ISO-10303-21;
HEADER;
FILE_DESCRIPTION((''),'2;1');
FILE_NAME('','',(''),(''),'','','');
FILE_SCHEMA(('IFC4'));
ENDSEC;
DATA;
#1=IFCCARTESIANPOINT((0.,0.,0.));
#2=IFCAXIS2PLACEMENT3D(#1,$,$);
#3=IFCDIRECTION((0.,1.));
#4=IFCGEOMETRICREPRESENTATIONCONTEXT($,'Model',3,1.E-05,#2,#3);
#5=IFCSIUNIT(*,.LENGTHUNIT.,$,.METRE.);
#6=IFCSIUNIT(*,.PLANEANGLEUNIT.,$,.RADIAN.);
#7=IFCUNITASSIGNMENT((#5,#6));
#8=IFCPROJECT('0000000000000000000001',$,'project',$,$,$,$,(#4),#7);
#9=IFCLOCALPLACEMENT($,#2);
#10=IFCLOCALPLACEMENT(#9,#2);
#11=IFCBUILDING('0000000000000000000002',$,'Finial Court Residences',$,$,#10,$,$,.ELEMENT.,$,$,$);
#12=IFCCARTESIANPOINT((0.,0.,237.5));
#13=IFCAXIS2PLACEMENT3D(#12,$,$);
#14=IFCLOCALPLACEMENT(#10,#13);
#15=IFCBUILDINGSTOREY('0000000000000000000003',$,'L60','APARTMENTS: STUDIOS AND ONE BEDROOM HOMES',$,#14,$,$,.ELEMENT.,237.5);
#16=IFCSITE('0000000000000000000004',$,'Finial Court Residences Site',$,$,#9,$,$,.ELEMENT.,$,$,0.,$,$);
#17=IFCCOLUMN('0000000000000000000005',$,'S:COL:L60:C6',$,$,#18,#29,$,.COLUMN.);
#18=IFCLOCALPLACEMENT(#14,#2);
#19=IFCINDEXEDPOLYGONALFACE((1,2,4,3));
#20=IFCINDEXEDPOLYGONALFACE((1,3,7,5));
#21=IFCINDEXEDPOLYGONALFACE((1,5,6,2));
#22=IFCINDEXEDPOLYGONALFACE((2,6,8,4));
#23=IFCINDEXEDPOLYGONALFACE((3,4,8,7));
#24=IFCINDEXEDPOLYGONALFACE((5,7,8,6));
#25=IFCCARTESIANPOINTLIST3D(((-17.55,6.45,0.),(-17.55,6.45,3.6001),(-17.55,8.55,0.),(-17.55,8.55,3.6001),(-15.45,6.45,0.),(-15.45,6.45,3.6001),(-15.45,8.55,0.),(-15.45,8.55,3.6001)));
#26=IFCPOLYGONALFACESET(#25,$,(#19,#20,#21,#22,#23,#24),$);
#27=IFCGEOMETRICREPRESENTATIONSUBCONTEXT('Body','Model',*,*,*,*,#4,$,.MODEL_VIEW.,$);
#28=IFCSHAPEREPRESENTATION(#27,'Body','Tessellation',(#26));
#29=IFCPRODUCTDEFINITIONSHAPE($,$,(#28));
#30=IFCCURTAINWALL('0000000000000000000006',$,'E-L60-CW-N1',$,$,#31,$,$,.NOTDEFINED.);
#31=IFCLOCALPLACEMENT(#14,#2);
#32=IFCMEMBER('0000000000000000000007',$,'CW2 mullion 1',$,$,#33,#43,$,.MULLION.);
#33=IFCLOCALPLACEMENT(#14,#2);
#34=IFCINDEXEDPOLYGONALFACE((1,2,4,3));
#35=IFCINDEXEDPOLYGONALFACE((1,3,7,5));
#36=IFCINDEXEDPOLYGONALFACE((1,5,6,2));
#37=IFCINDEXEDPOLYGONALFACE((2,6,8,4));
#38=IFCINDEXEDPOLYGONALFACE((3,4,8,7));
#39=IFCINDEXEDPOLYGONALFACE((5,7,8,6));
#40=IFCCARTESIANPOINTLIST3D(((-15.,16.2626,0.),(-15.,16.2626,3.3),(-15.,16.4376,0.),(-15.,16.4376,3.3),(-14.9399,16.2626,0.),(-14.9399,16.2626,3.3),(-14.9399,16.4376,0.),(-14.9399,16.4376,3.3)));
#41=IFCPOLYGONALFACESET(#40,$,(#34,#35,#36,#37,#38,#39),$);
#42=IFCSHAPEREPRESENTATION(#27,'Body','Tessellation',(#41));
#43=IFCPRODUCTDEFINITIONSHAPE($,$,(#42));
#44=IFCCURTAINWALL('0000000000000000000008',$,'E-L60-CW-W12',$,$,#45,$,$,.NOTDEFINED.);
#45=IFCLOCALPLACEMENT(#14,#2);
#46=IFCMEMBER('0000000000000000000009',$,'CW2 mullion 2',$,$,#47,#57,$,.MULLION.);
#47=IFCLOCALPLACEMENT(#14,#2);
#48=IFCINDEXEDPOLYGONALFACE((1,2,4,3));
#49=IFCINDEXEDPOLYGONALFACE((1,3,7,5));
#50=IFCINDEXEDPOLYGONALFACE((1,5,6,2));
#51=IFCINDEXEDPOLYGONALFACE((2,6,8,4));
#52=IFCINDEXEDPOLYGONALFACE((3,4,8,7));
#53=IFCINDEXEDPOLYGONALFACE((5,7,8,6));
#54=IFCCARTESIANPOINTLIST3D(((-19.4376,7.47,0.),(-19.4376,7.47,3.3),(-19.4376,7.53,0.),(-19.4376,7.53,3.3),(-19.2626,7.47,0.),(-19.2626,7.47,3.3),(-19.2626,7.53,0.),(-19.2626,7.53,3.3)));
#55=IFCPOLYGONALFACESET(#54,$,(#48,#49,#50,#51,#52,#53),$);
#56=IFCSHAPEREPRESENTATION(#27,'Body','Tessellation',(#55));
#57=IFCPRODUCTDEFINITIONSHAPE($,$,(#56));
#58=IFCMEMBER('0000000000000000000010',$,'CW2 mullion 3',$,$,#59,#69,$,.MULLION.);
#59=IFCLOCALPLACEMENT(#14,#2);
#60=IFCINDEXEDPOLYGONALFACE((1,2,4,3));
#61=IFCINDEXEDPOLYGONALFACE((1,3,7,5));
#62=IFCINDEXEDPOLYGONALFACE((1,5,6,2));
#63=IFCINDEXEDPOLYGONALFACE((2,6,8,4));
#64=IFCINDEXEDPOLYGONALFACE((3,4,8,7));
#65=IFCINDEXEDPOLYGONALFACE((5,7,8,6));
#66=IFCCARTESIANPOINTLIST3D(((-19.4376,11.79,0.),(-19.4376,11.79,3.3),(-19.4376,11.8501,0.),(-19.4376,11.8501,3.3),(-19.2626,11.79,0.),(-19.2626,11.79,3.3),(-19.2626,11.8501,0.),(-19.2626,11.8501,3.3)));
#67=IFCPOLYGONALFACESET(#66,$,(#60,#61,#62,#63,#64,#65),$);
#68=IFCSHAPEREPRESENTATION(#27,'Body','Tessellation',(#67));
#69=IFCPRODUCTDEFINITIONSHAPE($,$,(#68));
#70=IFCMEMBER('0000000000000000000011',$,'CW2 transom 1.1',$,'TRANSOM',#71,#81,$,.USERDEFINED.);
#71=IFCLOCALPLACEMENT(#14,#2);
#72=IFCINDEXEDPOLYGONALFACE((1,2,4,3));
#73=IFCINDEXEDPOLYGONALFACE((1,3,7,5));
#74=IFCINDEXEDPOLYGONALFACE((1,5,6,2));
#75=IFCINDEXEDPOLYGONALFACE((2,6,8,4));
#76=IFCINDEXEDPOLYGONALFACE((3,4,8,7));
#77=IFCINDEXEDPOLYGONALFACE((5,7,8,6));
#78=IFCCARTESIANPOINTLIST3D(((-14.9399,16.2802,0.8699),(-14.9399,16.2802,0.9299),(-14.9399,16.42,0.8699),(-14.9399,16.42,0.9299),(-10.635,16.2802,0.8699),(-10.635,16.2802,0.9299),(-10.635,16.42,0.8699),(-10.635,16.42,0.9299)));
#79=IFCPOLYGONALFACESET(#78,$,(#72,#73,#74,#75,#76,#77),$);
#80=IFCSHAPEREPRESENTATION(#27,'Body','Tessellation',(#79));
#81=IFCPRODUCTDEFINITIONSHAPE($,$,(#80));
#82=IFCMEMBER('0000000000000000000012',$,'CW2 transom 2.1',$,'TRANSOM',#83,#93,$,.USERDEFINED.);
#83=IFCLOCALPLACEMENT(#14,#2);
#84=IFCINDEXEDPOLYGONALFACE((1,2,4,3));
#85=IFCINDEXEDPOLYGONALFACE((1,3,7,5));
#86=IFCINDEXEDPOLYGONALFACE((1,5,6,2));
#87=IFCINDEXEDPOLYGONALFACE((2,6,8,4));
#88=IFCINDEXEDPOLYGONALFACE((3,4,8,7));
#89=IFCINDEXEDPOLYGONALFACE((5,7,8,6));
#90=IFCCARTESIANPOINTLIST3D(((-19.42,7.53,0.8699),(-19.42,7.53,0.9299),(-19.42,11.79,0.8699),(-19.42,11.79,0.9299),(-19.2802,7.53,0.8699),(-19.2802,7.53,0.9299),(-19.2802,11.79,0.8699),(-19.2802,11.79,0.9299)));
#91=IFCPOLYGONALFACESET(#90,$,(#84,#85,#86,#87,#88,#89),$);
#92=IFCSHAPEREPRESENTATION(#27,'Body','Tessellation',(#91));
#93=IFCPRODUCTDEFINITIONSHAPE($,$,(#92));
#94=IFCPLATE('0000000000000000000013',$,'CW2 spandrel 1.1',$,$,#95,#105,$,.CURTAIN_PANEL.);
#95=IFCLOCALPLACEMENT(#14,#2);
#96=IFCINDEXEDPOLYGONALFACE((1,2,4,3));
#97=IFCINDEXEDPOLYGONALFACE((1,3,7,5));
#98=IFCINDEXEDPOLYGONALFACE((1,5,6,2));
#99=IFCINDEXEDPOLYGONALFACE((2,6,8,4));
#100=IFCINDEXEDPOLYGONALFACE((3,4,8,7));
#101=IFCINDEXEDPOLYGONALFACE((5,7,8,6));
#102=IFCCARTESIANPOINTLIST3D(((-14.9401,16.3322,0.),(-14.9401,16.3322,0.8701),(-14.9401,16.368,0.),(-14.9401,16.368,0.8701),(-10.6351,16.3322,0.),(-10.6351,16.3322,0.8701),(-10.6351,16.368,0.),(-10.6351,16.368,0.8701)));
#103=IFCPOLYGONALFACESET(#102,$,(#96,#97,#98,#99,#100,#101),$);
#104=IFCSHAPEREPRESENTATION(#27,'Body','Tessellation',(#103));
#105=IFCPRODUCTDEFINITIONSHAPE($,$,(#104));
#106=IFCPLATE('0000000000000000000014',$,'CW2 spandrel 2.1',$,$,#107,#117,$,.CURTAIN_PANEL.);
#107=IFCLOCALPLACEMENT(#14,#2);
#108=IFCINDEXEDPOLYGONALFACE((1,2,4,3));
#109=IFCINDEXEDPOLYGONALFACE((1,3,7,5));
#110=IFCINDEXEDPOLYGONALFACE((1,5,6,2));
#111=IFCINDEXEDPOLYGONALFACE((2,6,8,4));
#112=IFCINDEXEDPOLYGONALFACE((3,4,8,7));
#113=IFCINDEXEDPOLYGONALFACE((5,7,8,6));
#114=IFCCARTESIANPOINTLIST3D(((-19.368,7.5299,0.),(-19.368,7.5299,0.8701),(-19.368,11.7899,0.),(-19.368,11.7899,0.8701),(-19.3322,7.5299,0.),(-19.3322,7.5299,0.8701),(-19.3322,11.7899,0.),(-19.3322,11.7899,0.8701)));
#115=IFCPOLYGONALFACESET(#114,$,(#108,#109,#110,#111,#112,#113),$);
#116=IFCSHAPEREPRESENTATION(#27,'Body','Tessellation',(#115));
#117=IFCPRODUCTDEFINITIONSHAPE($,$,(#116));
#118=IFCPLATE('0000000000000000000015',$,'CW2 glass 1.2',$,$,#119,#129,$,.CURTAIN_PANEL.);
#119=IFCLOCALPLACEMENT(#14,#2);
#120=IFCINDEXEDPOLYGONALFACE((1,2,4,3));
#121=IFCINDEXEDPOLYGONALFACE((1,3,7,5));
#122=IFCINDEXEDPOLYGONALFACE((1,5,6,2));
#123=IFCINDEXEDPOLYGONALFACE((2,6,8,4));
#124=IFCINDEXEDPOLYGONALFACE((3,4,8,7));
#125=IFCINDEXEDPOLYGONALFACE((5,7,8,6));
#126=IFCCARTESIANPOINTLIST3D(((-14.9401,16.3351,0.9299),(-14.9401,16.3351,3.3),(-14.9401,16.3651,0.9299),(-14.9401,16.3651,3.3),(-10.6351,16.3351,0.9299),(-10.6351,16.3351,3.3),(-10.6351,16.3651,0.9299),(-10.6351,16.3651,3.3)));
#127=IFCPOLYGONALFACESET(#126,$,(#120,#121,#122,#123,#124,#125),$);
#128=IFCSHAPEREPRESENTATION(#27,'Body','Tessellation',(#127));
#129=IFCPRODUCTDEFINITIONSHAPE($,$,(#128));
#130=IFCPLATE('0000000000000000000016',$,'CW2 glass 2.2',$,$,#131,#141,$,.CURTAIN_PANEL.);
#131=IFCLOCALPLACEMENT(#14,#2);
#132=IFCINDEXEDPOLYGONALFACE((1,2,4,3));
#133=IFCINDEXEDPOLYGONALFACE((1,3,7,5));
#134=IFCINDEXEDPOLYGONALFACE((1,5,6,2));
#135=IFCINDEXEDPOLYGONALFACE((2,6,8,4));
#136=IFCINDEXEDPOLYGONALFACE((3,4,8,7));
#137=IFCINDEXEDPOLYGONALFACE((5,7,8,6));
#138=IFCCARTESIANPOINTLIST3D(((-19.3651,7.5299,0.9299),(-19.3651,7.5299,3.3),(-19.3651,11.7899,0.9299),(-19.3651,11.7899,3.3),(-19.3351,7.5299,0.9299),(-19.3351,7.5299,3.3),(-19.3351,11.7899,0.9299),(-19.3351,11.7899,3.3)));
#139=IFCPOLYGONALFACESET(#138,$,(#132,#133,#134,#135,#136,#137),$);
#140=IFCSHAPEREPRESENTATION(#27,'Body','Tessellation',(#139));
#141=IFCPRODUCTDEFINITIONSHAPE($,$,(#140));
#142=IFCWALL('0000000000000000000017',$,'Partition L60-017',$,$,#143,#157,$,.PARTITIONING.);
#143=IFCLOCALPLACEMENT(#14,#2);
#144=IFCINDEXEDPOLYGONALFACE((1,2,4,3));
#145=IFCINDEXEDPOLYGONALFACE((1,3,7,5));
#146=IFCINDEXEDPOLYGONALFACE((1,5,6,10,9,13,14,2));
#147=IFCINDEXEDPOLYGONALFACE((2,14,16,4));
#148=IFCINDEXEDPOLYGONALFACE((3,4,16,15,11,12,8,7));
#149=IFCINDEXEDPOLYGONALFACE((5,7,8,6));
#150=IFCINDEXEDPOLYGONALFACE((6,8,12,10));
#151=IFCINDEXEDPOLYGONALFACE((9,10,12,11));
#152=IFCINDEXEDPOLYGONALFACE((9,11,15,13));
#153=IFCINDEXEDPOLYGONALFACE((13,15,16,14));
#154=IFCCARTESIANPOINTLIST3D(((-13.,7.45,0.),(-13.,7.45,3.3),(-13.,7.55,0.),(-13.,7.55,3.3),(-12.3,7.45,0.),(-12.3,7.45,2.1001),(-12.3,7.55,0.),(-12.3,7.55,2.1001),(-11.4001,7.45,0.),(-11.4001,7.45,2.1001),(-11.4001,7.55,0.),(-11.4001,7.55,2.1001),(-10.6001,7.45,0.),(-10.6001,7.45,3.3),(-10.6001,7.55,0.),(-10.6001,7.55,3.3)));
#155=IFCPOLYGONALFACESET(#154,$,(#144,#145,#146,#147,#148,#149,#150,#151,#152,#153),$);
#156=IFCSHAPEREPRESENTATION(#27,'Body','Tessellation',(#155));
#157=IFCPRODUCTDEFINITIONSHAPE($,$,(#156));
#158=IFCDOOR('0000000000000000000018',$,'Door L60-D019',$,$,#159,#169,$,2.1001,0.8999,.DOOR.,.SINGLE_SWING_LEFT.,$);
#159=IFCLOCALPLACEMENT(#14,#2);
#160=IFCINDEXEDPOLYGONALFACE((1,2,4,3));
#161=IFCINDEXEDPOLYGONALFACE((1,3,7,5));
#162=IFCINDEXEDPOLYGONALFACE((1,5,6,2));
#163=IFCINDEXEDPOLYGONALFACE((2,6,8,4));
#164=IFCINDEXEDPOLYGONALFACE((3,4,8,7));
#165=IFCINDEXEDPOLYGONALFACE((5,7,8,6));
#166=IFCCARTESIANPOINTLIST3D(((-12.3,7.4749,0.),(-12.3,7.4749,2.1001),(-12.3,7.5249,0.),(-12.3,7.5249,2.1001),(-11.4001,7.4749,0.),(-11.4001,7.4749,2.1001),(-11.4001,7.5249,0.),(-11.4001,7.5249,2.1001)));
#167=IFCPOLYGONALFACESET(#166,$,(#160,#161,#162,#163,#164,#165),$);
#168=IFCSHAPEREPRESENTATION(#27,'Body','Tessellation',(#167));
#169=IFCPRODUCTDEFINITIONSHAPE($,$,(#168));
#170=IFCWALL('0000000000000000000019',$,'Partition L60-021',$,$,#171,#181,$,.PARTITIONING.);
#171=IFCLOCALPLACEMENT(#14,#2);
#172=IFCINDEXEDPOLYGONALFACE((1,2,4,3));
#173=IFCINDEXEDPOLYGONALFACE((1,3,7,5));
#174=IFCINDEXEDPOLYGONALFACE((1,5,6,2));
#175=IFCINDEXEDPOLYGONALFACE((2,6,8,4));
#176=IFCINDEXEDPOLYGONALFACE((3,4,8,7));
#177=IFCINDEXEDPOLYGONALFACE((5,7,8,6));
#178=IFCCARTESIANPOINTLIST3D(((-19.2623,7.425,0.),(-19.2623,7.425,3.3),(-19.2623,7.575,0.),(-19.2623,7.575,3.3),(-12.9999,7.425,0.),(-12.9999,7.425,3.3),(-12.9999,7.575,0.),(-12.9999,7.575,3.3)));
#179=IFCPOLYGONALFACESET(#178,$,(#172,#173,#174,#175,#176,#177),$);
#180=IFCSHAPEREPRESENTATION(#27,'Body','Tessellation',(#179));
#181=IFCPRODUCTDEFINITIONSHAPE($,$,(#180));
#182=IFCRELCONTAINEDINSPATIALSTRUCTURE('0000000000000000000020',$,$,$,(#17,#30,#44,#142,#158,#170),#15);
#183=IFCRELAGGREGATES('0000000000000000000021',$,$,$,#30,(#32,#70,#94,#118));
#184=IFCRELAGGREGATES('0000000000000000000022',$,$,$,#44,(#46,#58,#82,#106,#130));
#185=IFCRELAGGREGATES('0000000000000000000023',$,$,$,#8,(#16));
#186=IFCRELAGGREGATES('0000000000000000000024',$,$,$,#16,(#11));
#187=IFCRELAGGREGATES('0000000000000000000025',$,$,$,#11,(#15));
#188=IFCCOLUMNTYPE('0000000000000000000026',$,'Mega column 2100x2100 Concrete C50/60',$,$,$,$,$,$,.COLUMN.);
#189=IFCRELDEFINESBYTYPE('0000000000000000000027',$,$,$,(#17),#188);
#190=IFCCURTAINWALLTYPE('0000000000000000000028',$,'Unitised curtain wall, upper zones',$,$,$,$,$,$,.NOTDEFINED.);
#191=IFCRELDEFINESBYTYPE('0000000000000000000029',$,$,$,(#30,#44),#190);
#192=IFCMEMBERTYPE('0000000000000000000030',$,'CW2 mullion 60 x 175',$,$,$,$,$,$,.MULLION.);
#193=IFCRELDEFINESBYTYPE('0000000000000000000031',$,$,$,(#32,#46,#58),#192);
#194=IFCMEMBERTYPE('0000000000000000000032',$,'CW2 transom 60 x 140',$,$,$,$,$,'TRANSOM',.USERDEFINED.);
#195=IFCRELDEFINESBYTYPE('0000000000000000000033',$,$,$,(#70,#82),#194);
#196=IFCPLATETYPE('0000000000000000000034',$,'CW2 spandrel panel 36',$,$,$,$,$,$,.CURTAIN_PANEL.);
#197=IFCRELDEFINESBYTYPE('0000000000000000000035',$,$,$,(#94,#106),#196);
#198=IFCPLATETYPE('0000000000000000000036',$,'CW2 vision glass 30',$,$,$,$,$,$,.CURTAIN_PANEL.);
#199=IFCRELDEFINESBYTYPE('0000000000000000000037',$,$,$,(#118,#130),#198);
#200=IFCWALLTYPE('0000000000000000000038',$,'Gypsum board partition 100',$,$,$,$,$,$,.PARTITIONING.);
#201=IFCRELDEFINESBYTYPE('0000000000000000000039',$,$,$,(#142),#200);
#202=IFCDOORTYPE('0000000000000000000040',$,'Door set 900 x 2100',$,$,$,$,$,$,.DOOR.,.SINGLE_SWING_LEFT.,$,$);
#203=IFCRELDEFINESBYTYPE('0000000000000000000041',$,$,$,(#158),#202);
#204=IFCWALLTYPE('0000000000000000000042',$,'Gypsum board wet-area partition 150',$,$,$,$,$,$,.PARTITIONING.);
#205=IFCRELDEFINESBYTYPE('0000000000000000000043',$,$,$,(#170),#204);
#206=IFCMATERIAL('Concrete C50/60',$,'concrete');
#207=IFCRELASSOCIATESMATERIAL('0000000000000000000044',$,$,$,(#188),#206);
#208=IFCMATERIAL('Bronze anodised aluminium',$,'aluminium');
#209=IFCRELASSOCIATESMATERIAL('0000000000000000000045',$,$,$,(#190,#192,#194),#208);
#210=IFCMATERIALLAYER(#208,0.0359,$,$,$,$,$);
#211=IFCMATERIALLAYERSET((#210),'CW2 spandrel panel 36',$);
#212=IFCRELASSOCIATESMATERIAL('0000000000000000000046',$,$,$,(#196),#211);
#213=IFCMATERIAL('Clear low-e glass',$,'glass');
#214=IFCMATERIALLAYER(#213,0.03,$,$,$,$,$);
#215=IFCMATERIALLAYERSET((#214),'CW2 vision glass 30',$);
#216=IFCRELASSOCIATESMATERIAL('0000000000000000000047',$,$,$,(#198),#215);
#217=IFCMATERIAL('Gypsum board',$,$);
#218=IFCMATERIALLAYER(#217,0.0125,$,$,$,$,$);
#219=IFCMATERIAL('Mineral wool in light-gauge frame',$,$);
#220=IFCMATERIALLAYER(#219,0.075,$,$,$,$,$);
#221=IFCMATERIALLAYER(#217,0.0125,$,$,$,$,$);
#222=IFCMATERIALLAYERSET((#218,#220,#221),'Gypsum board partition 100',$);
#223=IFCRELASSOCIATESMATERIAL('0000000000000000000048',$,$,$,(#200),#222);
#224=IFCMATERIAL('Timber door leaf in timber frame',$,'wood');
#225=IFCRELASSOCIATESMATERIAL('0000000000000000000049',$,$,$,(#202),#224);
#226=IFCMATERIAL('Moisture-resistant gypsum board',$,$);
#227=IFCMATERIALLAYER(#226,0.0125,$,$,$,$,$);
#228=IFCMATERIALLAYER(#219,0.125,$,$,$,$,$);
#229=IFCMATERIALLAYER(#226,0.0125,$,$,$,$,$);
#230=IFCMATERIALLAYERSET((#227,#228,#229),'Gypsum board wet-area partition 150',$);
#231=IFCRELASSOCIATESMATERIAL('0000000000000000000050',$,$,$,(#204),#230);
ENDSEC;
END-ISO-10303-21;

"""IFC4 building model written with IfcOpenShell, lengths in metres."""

from ifc_helpers import new_model, si_unit, direction, frame, frame_2d, origin, origin_2d, place, context, subcontext, project, spatial, rectangle, extrude, material, layer, layer_set, material_profile, profile_set, type_object, element, fill, aggregate, save


model = new_model("IFC4")

# Units and contexts
model_context = context("Model", 3, precision=1e-05, world=origin(), true_north=direction((0.0, 1.0)))
body_context = subcontext(model_context, "Body", "Model", "MODEL_VIEW")
ifc_project = project(units=[si_unit("LENGTHUNIT", "METRE"), si_unit("PLANEANGLEUNIT", "RADIAN")], contexts=[model_context])

# Site, building, storey
site_placement = place(None, origin())
site = spatial("IfcSite", under=ifc_project, at=site_placement, Name="Finial Court Residences Site", CompositionType="ELEMENT", RefElevation=0.0)
building_placement = place(site_placement, origin())
building = spatial("IfcBuilding", under=site, at=building_placement, Name="Finial Court Residences", CompositionType="ELEMENT")
storey_placement = place(building_placement, frame((0.0, 0.0, 237.5)))
storey = spatial("IfcBuildingStorey", under=building, at=storey_placement, Name="L60", Description="APARTMENTS: STUDIOS AND ONE BEDROOM HOMES", CompositionType="ELEMENT", Elevation=237.5)

# Column
ifc_material_1 = material(Name="Concrete C50/60", Category="concrete")
ifc_material_profile_1 = material_profile(ifc_material_1, rectangle(XDim=2.1001, YDim=2.1001, at=origin_2d()), Name="2100x2100")
ifc_profile_set_1 = profile_set([ifc_material_profile_1], Name="Concrete C50/60")
column_type = type_object("IfcColumnType", Name="Mega column 2100x2100 Concrete C50/60", PredefinedType="COLUMN", material=ifc_profile_set_1)
column_placement = place(storey_placement, frame((-16.5, 7.5, 0.0), z_axis=(0.0, 0.0, 1.0), x_axis=(1.0, 0.0, 0.0)))
element("IfcColumn", 1, at=column_placement, inside=storey, type_object=column_type, Name="S:COL:L60:C6", PredefinedType="COLUMN", context=body_context, shape_type="SweptSolid", body=[
    extrude(rectangle(XDim=2.1001, YDim=2.1001, at=origin_2d()), origin(), (0.0, 0.0, 1.0), 3.6001),
])

# Curtain wall, member
ifc_material_2 = material(Name="Bronze anodised aluminium", Category="aluminium")
curtain_wall_type = type_object("IfcCurtainWallType", Name="Unitised curtain wall, upper zones", PredefinedType="NOTDEFINED", material=ifc_material_2)
curtain_wall_1_placement = place(storey_placement, origin())
curtain_wall_1 = element("IfcCurtainWall", 2, at=curtain_wall_1_placement, inside=storey, type_object=curtain_wall_type, Name="E-L60-CW-N1", PredefinedType="NOTDEFINED")
ifc_material_profile_2 = material_profile(ifc_material_2, rectangle(XDim=0.175, YDim=0.0601, at=origin_2d()), Name="CW2 mullion 60 x 175")
ifc_profile_set_2 = profile_set([ifc_material_profile_2], Name="Bronze anodised aluminium")
member_type_1 = type_object("IfcMemberType", Name="CW2 mullion 60 x 175", PredefinedType="MULLION", material=ifc_profile_set_2)
member_1_placement = place(storey_placement, frame((-14.97, 16.3501, 0.0), z_axis=(0.0, 0.0, 1.0), x_axis=(0.0, 1.0, 0.0)))
member_1 = element("IfcMember", 3, at=member_1_placement, type_object=member_type_1, Name="CW2 mullion 1", PredefinedType="MULLION", context=body_context, shape_type="SweptSolid", body=[
    extrude(rectangle(XDim=0.175, YDim=0.0601, at=origin_2d()), origin(), (0.0, 0.0, 1.0), 3.3),
])

# Curtain wall, members
curtain_wall_2_placement = place(storey_placement, origin())
curtain_wall_2 = element("IfcCurtainWall", 4, at=curtain_wall_2_placement, inside=storey, type_object=curtain_wall_type, Name="E-L60-CW-W12", PredefinedType="NOTDEFINED")
member_2_placement = place(storey_placement, frame((-19.3501, 7.5, 0.0), z_axis=(0.0, 0.0, 1.0), x_axis=(-1.0, 0.0, 0.0)))
member_2 = element("IfcMember", 5, at=member_2_placement, type_object=member_type_1, Name="CW2 mullion 2", PredefinedType="MULLION", context=body_context, shape_type="SweptSolid", body=[
    extrude(rectangle(XDim=0.175, YDim=0.0601, at=origin_2d()), origin(), (0.0, 0.0, 1.0), 3.3),
])
member_3_placement = place(storey_placement, frame((-19.3501, 11.8201, 0.0), z_axis=(0.0, 0.0, 1.0), x_axis=(-1.0, 0.0, 0.0)))
member_3 = element("IfcMember", 6, at=member_3_placement, type_object=member_type_1, Name="CW2 mullion 3", PredefinedType="MULLION", context=body_context, shape_type="SweptSolid", body=[
    extrude(rectangle(XDim=0.175, YDim=0.0601, at=origin_2d()), origin(), (0.0, 0.0, 1.0), 3.3),
])

# Members
ifc_material_profile_3 = material_profile(ifc_material_2, rectangle(XDim=0.1399, YDim=0.0601, at=origin_2d()), Name="CW2 transom 60 x 140")
ifc_profile_set_3 = profile_set([ifc_material_profile_3], Name="Bronze anodised aluminium")
member_type_2 = type_object("IfcMemberType", Name="CW2 transom 60 x 140", ElementType="TRANSOM", PredefinedType="USERDEFINED", material=ifc_profile_set_3)
member_4_placement = place(storey_placement, frame((-14.9399, 16.3501, 0.8999), z_axis=(1.0, 0.0, 0.0), x_axis=(0.0, 1.0, 0.0)))
member_4 = element("IfcMember", 7, at=member_4_placement, type_object=member_type_2, Name="CW2 transom 1.1", ObjectType="TRANSOM", PredefinedType="USERDEFINED", context=body_context, shape_type="SweptSolid", body=[
    extrude(rectangle(XDim=0.1399, YDim=0.0601, at=origin_2d()), origin(), (0.0, 0.0, 1.0), 4.3049),
])
member_5_placement = place(storey_placement, frame((-19.3501, 7.53, 0.8999), z_axis=(0.0, 1.0, 0.0), x_axis=(-1.0, 0.0, 0.0)))
member_5 = element("IfcMember", 8, at=member_5_placement, type_object=member_type_2, Name="CW2 transom 2.1", ObjectType="TRANSOM", PredefinedType="USERDEFINED", context=body_context, shape_type="SweptSolid", body=[
    extrude(rectangle(XDim=0.1399, YDim=0.0601, at=origin_2d()), origin(), (0.0, 0.0, 1.0), 4.26),
])

# Plates
ifc_layer_1 = layer(ifc_material_2, 0.0359)
ifc_layer_set_1 = layer_set([ifc_layer_1], Name="CW2 spandrel panel 36")
plate_type_1 = type_object("IfcPlateType", Name="CW2 spandrel panel 36", PredefinedType="CURTAIN_PANEL", material=ifc_layer_set_1)
plate_1_placement = place(storey_placement, frame((-12.7876, 16.3501, 0.0), z_axis=(0.0, 0.0, 1.0), x_axis=(1.0, 0.0, 0.0)))
plate_1 = element("IfcPlate", 9, at=plate_1_placement, type_object=plate_type_1, Name="CW2 spandrel 1.1", PredefinedType="CURTAIN_PANEL", context=body_context, shape_type="SweptSolid", body=[
    extrude(rectangle(XDim=4.3049, YDim=0.0359, at=origin_2d()), origin(), (0.0, 0.0, 1.0), 0.8701),
])
plate_2_placement = place(storey_placement, frame((-19.3501, 9.6599, 0.0), z_axis=(0.0, 0.0, 1.0), x_axis=(0.0, 1.0, 0.0)))
plate_2 = element("IfcPlate", 10, at=plate_2_placement, type_object=plate_type_1, Name="CW2 spandrel 2.1", PredefinedType="CURTAIN_PANEL", context=body_context, shape_type="SweptSolid", body=[
    extrude(rectangle(XDim=4.26, YDim=0.0359, at=origin_2d()), origin(), (0.0, 0.0, 1.0), 0.8701),
])
ifc_material_3 = material(Name="Clear low-e glass", Category="glass")
ifc_layer_2 = layer(ifc_material_3, 0.03)
ifc_layer_set_2 = layer_set([ifc_layer_2], Name="CW2 vision glass 30")
plate_type_2 = type_object("IfcPlateType", Name="CW2 vision glass 30", PredefinedType="CURTAIN_PANEL", material=ifc_layer_set_2)
plate_3_placement = place(storey_placement, frame((-12.7876, 16.3501, 0.9299), z_axis=(0.0, 0.0, 1.0), x_axis=(1.0, 0.0, 0.0)))
plate_3 = element("IfcPlate", 11, at=plate_3_placement, type_object=plate_type_2, Name="CW2 glass 1.2", PredefinedType="CURTAIN_PANEL", context=body_context, shape_type="SweptSolid", body=[
    extrude(rectangle(XDim=4.3049, YDim=0.03, at=origin_2d()), origin(), (0.0, 0.0, 1.0), 2.3701),
])
aggregate(curtain_wall_1, [member_1, member_4, plate_1, plate_3])
plate_4_placement = place(storey_placement, frame((-19.3501, 9.6599, 0.9299), z_axis=(0.0, 0.0, 1.0), x_axis=(0.0, 1.0, 0.0)))
plate_4 = element("IfcPlate", 12, at=plate_4_placement, type_object=plate_type_2, Name="CW2 glass 2.2", PredefinedType="CURTAIN_PANEL", context=body_context, shape_type="SweptSolid", body=[
    extrude(rectangle(XDim=4.26, YDim=0.03, at=origin_2d()), origin(), (0.0, 0.0, 1.0), 2.3701),
])
aggregate(curtain_wall_2, [member_2, member_3, member_5, plate_2, plate_4])

# Wall, opening, door
ifc_material_4 = material(Name="Gypsum board")
ifc_layer_3 = layer(ifc_material_4, 0.0125)
ifc_material_5 = material(Name="Mineral wool in light-gauge frame")
ifc_layer_4 = layer(ifc_material_5, 0.075)
ifc_layer_5 = layer(ifc_material_4, 0.0125)
ifc_layer_set_3 = layer_set([ifc_layer_3, ifc_layer_4, ifc_layer_5], Name="Gypsum board partition 100")
wall_type_1 = type_object("IfcWallType", Name="Gypsum board partition 100", PredefinedType="PARTITIONING", material=ifc_layer_set_3)
wall_1_placement = place(storey_placement, frame((-13.0, 7.5, 0.0), z_axis=(0.0, 0.0, 1.0), x_axis=(1.0, 0.0, 0.0)))
wall_1 = element("IfcWall", 13, at=wall_1_placement, inside=storey, type_object=wall_type_1, Name="Partition L60-017", PredefinedType="PARTITIONING", context=body_context, shape_type="SweptSolid", body=[
    extrude(rectangle(XDim=2.3999, YDim=0.1001, at=frame_2d((1.2, 0.0))), origin(), (0.0, 0.0, 1.0), 3.3),
])
opening_1_placement = place(wall_1_placement, frame((0.7, 0.0, 0.0)))
opening_1 = element("IfcOpeningElement", 14, at=opening_1_placement, cuts=wall_1, PredefinedType="OPENING", context=body_context, shape_type="SweptSolid", body=[
    extrude(rectangle(XDim=0.8999, YDim=2.1001, at=frame_2d((0.45, 1.05))), frame((0.0, 0.0601, 0.0), z_axis=(0.0, -1.0, 0.0), x_axis=(1.0, 0.0, 0.0)), (0.0, 0.0, 1.0), 0.1201),
])
ifc_material_6 = material(Name="Timber door leaf in timber frame", Category="wood")
door_type = type_object("IfcDoorType", Name="Door set 900 x 2100", OperationType="SINGLE_SWING_LEFT", PredefinedType="DOOR", material=ifc_material_6)
door_placement = place(opening_1_placement, origin())
door = element("IfcDoor", 15, at=door_placement, inside=storey, type_object=door_type, Name="Door L60-D019", OperationType="SINGLE_SWING_LEFT", OverallHeight=2.1001, OverallWidth=0.8999, PredefinedType="DOOR", context=body_context, shape_type="SweptSolid", body=[
    extrude(rectangle(XDim=0.8999, YDim=2.1001, at=frame_2d((0.45, 1.05))), frame((0.0, 0.0249, 0.0), z_axis=(0.0, -1.0, 0.0), x_axis=(1.0, 0.0, 0.0)), (0.0, 0.0, 1.0), 0.05),
])
fill(opening_1, door)

# Wall
ifc_material_7 = material(Name="Moisture-resistant gypsum board")
ifc_layer_6 = layer(ifc_material_7, 0.0125)
ifc_layer_7 = layer(ifc_material_5, 0.125)
ifc_layer_8 = layer(ifc_material_7, 0.0125)
ifc_layer_set_4 = layer_set([ifc_layer_6, ifc_layer_7, ifc_layer_8], Name="Gypsum board wet-area partition 150")
wall_type_2 = type_object("IfcWallType", Name="Gypsum board wet-area partition 150", PredefinedType="PARTITIONING", material=ifc_layer_set_4)
wall_2_placement = place(storey_placement, frame((-19.2625, 7.5, 0.0), z_axis=(0.0, 0.0, 1.0), x_axis=(1.0, 0.0, 0.0)))
element("IfcWall", 16, at=wall_2_placement, inside=storey, type_object=wall_type_2, Name="Partition L60-021", PredefinedType="PARTITIONING", context=body_context, shape_type="SweptSolid", body=[
    extrude(rectangle(XDim=6.2625, YDim=0.1499, at=frame_2d((3.1313, 0.0))), origin(), (0.0, 0.0, 1.0), 3.3),
])

save(model, "model.ifc")
